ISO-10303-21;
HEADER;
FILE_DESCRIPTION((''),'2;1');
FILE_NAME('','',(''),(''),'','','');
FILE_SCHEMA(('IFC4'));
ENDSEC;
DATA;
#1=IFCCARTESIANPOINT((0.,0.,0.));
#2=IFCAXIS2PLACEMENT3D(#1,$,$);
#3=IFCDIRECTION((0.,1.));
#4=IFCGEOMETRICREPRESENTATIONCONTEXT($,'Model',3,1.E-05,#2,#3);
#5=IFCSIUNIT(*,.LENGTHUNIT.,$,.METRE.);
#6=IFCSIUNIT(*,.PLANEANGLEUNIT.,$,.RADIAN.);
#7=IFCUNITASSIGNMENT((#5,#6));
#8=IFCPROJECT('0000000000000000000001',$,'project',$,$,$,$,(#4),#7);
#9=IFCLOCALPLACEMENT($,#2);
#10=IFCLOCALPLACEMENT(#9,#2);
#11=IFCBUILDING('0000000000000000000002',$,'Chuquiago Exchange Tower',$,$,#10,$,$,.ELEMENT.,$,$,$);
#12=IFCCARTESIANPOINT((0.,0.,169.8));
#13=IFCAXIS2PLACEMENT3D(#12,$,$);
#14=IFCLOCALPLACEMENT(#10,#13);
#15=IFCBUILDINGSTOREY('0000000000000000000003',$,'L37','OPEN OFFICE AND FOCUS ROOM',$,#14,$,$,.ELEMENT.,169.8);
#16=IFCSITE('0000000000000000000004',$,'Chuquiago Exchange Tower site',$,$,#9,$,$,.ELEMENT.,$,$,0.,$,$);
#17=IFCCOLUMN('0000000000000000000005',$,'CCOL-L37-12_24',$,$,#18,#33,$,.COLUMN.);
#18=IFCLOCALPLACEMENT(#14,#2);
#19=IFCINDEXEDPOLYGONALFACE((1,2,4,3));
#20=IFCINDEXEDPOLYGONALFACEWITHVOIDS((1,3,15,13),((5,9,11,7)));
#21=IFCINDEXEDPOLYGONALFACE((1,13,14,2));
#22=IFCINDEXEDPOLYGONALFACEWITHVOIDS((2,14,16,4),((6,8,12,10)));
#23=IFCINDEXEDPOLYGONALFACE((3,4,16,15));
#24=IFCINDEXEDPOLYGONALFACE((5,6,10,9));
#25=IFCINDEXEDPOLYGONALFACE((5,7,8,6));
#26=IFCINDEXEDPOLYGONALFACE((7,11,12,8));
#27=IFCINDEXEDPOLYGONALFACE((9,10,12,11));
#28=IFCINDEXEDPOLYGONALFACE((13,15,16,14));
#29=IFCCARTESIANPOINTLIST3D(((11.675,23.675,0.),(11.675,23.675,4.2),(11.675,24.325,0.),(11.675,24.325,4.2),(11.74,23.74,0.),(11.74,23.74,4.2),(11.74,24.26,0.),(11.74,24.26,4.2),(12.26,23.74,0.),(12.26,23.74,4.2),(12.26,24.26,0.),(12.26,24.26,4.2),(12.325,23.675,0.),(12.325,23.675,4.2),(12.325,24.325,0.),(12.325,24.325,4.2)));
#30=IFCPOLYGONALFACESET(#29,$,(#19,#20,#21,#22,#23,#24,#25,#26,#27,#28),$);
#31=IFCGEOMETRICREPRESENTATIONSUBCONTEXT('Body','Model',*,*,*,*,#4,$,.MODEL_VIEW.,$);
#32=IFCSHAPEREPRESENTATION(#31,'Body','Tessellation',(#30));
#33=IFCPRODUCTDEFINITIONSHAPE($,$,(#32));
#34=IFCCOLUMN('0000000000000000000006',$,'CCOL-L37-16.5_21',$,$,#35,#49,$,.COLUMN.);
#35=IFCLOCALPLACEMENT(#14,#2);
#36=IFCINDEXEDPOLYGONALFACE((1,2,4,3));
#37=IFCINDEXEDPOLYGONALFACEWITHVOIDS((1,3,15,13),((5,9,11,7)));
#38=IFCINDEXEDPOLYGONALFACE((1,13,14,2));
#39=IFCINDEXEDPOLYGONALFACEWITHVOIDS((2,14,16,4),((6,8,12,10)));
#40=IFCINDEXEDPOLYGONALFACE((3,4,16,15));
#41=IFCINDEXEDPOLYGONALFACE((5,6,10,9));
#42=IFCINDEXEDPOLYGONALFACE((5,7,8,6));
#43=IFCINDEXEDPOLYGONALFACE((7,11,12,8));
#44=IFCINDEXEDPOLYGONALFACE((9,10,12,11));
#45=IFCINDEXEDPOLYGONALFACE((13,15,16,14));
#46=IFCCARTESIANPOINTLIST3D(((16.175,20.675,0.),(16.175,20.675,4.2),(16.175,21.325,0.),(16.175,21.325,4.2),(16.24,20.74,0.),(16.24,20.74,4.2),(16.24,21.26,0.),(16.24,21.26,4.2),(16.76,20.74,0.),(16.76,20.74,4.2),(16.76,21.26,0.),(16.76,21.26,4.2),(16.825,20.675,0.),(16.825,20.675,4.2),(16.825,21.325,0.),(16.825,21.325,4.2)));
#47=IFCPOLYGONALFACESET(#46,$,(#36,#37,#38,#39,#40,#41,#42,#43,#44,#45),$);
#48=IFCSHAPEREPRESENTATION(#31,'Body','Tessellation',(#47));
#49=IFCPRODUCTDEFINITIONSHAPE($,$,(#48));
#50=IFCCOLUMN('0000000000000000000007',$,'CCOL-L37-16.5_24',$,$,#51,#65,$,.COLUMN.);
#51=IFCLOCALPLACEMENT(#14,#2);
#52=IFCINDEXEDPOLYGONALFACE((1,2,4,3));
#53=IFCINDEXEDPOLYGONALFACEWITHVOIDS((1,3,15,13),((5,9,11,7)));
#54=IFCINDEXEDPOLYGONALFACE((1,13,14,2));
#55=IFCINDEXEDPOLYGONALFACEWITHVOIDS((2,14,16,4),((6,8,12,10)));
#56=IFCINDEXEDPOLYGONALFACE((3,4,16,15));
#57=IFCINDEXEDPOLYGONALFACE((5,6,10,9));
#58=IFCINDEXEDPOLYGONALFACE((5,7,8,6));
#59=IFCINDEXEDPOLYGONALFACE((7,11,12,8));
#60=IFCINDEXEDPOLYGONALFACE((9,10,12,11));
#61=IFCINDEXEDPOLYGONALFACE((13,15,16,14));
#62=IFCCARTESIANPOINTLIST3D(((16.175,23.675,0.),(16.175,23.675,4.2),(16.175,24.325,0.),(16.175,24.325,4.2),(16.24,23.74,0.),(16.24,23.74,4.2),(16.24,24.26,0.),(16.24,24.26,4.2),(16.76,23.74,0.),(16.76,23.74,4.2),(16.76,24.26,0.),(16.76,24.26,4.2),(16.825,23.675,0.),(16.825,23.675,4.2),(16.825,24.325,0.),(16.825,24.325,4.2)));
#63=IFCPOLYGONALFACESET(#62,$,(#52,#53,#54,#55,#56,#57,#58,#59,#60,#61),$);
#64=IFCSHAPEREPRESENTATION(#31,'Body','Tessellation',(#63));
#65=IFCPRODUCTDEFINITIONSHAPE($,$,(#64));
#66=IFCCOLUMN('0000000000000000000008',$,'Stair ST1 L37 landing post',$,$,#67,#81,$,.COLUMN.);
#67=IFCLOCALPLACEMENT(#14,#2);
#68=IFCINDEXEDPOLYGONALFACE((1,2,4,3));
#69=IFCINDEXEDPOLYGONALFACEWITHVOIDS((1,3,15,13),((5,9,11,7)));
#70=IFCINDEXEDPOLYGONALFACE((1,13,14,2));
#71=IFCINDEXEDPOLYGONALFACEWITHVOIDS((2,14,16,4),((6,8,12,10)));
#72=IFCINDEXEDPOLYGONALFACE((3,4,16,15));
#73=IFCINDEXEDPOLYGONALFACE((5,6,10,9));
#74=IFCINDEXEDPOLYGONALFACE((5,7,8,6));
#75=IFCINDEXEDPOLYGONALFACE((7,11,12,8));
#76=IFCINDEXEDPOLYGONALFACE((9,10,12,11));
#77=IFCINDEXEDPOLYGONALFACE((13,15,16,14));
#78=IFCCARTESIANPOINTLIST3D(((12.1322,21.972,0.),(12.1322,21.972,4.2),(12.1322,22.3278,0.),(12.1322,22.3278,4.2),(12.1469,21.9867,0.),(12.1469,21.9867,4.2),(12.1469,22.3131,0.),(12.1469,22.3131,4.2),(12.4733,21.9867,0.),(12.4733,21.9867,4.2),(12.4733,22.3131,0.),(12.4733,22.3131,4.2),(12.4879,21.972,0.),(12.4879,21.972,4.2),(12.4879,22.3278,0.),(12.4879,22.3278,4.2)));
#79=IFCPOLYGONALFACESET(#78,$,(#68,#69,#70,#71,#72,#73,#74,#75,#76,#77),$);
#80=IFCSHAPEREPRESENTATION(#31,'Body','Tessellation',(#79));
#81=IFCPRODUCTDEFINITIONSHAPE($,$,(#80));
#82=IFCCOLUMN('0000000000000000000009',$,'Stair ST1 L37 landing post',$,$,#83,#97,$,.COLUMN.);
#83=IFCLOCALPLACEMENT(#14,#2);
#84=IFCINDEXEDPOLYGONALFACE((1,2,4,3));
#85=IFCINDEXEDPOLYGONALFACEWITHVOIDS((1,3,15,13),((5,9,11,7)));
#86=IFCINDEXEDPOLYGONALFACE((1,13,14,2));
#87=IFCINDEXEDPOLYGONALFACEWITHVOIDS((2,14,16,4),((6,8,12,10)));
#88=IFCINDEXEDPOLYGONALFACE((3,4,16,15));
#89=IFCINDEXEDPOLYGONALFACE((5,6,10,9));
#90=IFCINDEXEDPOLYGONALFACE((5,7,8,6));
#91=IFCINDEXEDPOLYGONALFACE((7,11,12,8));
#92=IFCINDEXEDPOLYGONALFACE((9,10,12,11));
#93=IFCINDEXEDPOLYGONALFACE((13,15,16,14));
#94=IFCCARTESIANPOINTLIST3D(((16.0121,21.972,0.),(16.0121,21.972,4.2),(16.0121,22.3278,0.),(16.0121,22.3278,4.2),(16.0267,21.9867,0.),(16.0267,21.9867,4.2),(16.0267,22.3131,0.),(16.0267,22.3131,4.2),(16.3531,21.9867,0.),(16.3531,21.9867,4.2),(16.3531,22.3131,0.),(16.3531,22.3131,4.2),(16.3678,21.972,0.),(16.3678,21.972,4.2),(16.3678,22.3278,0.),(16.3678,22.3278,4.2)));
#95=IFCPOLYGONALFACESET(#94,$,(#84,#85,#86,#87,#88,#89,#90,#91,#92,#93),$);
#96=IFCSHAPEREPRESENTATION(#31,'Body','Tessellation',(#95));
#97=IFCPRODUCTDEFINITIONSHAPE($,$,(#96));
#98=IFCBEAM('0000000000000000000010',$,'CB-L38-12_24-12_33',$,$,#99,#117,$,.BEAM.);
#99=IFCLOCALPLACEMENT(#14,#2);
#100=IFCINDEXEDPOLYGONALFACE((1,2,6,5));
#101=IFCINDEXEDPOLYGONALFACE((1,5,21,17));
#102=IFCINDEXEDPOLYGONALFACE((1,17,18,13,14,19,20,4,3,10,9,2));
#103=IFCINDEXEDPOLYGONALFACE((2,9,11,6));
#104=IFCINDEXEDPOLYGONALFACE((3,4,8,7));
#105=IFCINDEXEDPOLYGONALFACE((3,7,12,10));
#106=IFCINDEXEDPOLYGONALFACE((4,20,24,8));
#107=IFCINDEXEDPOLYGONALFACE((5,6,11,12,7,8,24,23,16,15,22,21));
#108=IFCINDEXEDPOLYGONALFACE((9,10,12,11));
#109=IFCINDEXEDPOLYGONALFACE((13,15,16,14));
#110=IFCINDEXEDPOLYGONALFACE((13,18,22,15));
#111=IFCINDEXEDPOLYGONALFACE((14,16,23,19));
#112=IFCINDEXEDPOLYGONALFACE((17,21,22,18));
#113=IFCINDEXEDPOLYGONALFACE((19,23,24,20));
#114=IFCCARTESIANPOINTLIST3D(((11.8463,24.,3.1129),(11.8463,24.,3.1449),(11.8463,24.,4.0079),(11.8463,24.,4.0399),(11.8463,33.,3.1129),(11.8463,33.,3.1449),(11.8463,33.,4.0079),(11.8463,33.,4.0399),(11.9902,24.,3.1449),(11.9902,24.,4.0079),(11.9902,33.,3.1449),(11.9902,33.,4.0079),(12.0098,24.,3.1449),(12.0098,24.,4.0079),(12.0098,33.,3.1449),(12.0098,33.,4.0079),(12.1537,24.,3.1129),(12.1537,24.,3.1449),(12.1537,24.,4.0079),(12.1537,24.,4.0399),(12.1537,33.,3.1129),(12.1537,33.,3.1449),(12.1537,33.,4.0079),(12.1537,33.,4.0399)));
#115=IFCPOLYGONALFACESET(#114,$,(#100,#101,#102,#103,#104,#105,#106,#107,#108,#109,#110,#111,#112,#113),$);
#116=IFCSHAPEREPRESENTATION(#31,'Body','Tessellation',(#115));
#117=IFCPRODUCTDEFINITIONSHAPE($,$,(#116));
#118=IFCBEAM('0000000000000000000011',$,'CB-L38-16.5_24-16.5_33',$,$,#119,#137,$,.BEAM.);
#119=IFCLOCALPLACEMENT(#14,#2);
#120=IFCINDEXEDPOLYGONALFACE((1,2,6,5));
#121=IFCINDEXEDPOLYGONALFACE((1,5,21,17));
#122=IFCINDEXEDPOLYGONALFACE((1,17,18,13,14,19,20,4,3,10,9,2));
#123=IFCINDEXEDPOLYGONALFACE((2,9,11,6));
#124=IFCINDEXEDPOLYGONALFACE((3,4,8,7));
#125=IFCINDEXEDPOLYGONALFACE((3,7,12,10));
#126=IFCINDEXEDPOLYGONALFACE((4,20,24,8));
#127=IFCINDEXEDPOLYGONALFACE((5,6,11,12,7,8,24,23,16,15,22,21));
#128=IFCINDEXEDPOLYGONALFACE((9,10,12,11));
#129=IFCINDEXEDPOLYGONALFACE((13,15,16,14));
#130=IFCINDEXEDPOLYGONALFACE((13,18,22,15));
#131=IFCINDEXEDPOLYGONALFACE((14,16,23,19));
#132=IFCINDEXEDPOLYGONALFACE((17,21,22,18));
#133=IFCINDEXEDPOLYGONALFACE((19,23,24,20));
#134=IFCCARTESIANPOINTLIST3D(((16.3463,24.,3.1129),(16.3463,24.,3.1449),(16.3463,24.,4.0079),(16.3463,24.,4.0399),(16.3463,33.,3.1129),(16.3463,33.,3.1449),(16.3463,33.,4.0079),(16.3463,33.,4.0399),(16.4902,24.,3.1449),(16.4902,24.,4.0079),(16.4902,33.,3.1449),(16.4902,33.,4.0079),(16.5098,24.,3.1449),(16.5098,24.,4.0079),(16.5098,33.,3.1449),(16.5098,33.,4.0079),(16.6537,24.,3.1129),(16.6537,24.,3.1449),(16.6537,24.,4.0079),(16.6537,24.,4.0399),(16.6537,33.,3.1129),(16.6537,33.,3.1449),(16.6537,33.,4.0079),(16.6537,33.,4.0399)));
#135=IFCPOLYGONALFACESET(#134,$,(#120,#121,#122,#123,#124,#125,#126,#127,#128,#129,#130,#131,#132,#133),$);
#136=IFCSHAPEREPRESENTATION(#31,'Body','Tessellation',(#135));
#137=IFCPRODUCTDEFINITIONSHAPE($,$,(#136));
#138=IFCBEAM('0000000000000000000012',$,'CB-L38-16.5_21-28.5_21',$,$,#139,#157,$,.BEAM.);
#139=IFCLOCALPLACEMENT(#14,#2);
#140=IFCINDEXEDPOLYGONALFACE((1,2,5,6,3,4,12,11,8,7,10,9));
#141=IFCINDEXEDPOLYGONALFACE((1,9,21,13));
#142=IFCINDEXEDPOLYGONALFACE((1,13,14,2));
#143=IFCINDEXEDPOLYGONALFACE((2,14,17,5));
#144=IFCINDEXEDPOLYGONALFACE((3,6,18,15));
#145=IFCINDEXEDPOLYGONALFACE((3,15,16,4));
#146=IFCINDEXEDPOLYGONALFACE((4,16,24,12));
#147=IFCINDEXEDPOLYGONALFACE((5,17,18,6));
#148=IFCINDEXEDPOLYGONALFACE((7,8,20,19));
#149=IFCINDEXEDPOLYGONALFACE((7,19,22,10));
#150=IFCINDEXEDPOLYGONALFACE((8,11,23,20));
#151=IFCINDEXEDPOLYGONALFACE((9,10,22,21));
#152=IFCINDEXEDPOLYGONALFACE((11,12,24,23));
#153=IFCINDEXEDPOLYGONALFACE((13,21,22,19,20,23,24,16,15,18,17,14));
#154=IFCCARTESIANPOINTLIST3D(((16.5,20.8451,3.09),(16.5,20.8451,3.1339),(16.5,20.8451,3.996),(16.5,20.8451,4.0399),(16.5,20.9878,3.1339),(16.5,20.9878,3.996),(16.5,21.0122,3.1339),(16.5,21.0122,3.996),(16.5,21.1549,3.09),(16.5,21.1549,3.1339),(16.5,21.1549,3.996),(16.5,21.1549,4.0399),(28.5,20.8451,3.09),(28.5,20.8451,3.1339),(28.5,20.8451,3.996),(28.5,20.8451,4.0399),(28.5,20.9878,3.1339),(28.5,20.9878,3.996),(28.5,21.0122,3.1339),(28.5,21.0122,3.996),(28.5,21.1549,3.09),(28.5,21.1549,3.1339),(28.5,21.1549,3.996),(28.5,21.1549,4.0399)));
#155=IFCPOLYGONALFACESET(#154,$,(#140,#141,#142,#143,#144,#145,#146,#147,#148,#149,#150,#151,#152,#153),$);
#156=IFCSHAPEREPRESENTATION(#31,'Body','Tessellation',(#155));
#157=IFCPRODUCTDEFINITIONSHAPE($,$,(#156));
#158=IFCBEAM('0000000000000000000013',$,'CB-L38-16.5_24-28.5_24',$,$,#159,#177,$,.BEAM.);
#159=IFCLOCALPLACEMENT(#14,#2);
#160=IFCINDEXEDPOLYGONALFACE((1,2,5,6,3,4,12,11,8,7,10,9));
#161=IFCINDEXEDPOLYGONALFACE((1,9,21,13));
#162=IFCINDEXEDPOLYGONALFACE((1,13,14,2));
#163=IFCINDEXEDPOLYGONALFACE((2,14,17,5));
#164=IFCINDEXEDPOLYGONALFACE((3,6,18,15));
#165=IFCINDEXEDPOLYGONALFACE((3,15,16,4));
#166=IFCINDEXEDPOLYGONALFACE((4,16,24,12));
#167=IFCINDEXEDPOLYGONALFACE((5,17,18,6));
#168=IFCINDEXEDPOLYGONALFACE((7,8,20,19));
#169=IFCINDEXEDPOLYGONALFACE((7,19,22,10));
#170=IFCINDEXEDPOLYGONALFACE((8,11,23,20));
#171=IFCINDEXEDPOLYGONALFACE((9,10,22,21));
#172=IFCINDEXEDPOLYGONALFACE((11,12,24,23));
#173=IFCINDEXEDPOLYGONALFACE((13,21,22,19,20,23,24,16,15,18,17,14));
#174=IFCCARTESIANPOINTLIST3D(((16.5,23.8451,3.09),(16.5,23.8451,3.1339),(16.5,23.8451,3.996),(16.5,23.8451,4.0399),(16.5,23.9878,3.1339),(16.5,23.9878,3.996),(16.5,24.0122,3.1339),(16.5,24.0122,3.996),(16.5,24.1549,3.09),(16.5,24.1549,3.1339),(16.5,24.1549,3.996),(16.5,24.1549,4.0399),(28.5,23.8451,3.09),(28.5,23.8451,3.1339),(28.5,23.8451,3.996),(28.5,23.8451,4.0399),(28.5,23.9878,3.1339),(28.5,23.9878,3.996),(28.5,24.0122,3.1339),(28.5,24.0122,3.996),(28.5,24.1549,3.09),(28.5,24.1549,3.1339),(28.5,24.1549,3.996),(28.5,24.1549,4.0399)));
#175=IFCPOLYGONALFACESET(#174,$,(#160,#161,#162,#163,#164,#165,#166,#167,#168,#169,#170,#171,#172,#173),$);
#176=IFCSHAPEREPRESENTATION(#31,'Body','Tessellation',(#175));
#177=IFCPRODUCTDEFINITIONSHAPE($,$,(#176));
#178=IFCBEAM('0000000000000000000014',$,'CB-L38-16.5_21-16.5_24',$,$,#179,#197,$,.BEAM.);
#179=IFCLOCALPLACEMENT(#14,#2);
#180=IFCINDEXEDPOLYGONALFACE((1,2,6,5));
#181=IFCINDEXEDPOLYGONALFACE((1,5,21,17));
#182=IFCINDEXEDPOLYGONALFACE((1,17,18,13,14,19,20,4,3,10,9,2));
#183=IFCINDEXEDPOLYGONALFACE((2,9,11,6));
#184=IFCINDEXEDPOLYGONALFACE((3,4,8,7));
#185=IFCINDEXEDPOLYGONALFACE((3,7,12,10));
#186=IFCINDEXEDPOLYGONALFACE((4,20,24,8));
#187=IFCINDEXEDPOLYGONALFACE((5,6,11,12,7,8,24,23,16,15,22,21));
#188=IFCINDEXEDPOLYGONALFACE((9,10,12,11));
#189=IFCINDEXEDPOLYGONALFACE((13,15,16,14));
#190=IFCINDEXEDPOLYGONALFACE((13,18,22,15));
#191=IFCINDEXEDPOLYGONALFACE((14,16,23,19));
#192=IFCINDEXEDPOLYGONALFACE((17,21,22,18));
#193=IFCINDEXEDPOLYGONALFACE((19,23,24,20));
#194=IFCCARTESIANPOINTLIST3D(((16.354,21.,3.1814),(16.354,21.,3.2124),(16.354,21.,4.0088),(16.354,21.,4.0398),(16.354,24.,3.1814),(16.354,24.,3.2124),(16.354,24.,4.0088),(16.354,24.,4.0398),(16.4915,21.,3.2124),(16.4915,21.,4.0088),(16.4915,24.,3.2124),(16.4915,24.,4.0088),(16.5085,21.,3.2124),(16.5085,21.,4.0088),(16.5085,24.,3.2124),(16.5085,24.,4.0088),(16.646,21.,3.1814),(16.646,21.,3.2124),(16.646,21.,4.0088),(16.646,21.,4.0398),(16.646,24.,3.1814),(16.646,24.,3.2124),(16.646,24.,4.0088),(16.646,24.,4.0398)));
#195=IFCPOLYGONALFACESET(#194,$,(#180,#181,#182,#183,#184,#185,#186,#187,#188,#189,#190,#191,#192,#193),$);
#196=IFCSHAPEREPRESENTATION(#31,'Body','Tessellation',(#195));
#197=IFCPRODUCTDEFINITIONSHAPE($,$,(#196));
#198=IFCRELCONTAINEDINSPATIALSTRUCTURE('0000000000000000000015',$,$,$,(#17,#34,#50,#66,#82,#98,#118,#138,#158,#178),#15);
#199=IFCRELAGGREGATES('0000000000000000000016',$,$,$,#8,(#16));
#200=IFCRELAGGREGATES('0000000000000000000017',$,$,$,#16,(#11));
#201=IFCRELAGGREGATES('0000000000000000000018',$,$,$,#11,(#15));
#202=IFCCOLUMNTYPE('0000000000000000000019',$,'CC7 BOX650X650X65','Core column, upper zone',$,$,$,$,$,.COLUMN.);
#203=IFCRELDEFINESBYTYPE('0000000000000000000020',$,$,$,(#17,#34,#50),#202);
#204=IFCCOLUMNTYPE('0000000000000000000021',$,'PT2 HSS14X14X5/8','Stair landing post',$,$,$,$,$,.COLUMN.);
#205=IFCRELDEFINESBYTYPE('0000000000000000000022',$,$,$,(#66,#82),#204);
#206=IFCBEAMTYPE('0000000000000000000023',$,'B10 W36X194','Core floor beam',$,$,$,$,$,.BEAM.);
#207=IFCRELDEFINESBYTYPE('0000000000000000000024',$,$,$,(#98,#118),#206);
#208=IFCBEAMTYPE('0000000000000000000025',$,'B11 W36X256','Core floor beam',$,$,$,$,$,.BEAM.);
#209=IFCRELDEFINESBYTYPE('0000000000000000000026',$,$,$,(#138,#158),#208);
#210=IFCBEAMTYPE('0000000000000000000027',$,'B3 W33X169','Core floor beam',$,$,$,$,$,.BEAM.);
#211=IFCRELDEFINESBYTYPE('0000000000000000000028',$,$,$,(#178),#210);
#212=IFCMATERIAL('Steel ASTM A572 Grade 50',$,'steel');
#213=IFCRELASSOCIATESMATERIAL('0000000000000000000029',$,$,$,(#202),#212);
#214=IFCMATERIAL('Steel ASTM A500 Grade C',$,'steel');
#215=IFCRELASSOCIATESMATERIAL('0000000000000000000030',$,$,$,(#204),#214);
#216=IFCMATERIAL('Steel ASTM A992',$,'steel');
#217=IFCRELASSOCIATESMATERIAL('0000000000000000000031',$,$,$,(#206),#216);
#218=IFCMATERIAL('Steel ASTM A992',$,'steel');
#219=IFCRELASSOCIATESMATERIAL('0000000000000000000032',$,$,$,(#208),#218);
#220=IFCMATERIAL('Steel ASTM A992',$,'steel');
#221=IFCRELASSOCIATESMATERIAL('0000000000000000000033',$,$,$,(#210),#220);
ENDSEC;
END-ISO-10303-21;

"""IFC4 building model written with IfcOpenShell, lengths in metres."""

from ifc_helpers import new_model, si_unit, direction, frame, origin, origin_2d, place, context, subcontext, project, spatial, hollow_rectangle, i_section, extrude, material, material_profile, profile_set, type_object, element, save


model = new_model("IFC4")

# Units and contexts
model_context = context("Model", 3, precision=1e-05, world=origin(), true_north=direction((0.0, 1.0)))
body_context = subcontext(model_context, "Body", "Model", "MODEL_VIEW")
ifc_project = project(units=[si_unit("LENGTHUNIT", "METRE"), si_unit("PLANEANGLEUNIT", "RADIAN")], contexts=[model_context])

# Site, building, storey
site_placement = place(None, origin())
site = spatial("IfcSite", under=ifc_project, at=site_placement, Name="Chuquiago Exchange Tower site", CompositionType="ELEMENT", RefElevation=0.0)
building_placement = place(site_placement, origin())
building = spatial("IfcBuilding", under=site, at=building_placement, Name="Chuquiago Exchange Tower", CompositionType="ELEMENT")
storey_placement = place(building_placement, frame((0.0, 0.0, 169.8)))
storey = spatial("IfcBuildingStorey", under=building, at=storey_placement, Name="L37", Description="OPEN OFFICE AND FOCUS ROOM", CompositionType="ELEMENT", Elevation=169.8)

# Columns
ifc_material_1 = material(Name="Steel ASTM A572 Grade 50", Category="steel")
ifc_material_profile_1 = material_profile(ifc_material_1, hollow_rectangle(XDim=0.6499, YDim=0.6499, WallThickness=0.0649, at=origin_2d()), Name="BOX650X650X65")
ifc_profile_set_1 = profile_set([ifc_material_profile_1], Name="Steel ASTM A572 Grade 50")
column_type_1 = type_object("IfcColumnType", Name="CC7 BOX650X650X65", Description="Core column, upper zone", PredefinedType="COLUMN", material=ifc_profile_set_1)
for number, where, z_axis, x_axis, name in (
    (1, (12.0, 24.0, 0.0), (0.0, 0.0, 1.0), (1.0, 0.0, 0.0), "CCOL-L37-12_24"),
    (2, (16.5, 21.0, 0.0), (0.0, 0.0, 1.0), (1.0, 0.0, 0.0), "CCOL-L37-16.5_21"),
    (3, (16.5, 24.0, 0.0), (0.0, 0.0, 1.0), (1.0, 0.0, 0.0), "CCOL-L37-16.5_24"),
):
    element("IfcColumn", number, at=place(storey_placement, frame(where, z_axis=z_axis, x_axis=x_axis)), inside=storey, type_object=column_type_1, Name=name, PredefinedType="COLUMN", context=body_context, shape_type="SweptSolid", body=[
        extrude(hollow_rectangle(XDim=0.6499, YDim=0.6499, WallThickness=0.0649, at=origin_2d()), origin(), (0.0, 0.0, 1.0), 4.2),
    ])
ifc_material_2 = material(Name="Steel ASTM A500 Grade C", Category="steel")
ifc_material_profile_2 = material_profile(ifc_material_2, hollow_rectangle(XDim=0.3557, YDim=0.3557, WallThickness=0.0146, at=origin_2d()), Name="HSS14X14X5/8")
ifc_profile_set_2 = profile_set([ifc_material_profile_2], Name="Steel ASTM A500 Grade C")
column_type_2 = type_object("IfcColumnType", Name="PT2 HSS14X14X5/8", Description="Stair landing post", PredefinedType="COLUMN", material=ifc_profile_set_2)
for number, where, z_axis, x_axis, name in (
    (4, (12.3101, 22.1499, 0.0), (0.0, 0.0, 1.0), (1.0, 0.0, 0.0), "Stair ST1 L37 landing post"),
    (5, (16.1899, 22.1499, 0.0), (0.0, 0.0, 1.0), (1.0, 0.0, 0.0), "Stair ST1 L37 landing post"),
):
    element("IfcColumn", number, at=place(storey_placement, frame(where, z_axis=z_axis, x_axis=x_axis)), inside=storey, type_object=column_type_2, Name=name, PredefinedType="COLUMN", context=body_context, shape_type="SweptSolid", body=[
        extrude(hollow_rectangle(XDim=0.3557, YDim=0.3557, WallThickness=0.0146, at=origin_2d()), origin(), (0.0, 0.0, 1.0), 4.2),
    ])

# Beams
ifc_material_3 = material(Name="Steel ASTM A992", Category="steel")
ifc_material_profile_3 = material_profile(ifc_material_3, i_section(OverallWidth=0.3074, OverallDepth=0.927, WebThickness=0.0195, FlangeThickness=0.032, at=origin_2d()), Name="W36X194")
ifc_profile_set_3 = profile_set([ifc_material_profile_3], Name="Steel ASTM A992")
beam_type_1 = type_object("IfcBeamType", Name="B10 W36X194", Description="Core floor beam", PredefinedType="BEAM", material=ifc_profile_set_3)
for number, where, z_axis, x_axis, name in (
    (6, (12.0, 24.0, 3.5764), (0.0, 1.0, 0.0), (-1.0, 0.0, 0.0), "CB-L38-12_24-12_33"),
    (7, (16.5, 24.0, 3.5764), (0.0, 1.0, 0.0), (-1.0, 0.0, 0.0), "CB-L38-16.5_24-16.5_33"),
):
    element("IfcBeam", number, at=place(storey_placement, frame(where, z_axis=z_axis, x_axis=x_axis)), inside=storey, type_object=beam_type_1, Name=name, PredefinedType="BEAM", context=body_context, shape_type="SweptSolid", body=[
        extrude(i_section(OverallWidth=0.3074, OverallDepth=0.927, WebThickness=0.0195, FlangeThickness=0.032, at=origin_2d()), origin(), (0.0, 0.0, 1.0), 9.0),
    ])
ifc_material_4 = material(Name="Steel ASTM A992", Category="steel")
ifc_material_profile_4 = material_profile(ifc_material_4, i_section(OverallWidth=0.3098, OverallDepth=0.95, WebThickness=0.0244, FlangeThickness=0.0439, at=origin_2d()), Name="W36X256")
ifc_profile_set_4 = profile_set([ifc_material_profile_4], Name="Steel ASTM A992")
beam_type_2 = type_object("IfcBeamType", Name="B11 W36X256", Description="Core floor beam", PredefinedType="BEAM", material=ifc_profile_set_4)
for number, where, z_axis, x_axis, name in (
    (8, (16.5, 21.0, 3.5649), (1.0, 0.0, 0.0), (0.0, 1.0, 0.0), "CB-L38-16.5_21-28.5_21"),
    (9, (16.5, 24.0, 3.5649), (1.0, 0.0, 0.0), (0.0, 1.0, 0.0), "CB-L38-16.5_24-28.5_24"),
):
    element("IfcBeam", number, at=place(storey_placement, frame(where, z_axis=z_axis, x_axis=x_axis)), inside=storey, type_object=beam_type_2, Name=name, PredefinedType="BEAM", context=body_context, shape_type="SweptSolid", body=[
        extrude(i_section(OverallWidth=0.3098, OverallDepth=0.95, WebThickness=0.0244, FlangeThickness=0.0439, at=origin_2d()), origin(), (0.0, 0.0, 1.0), 12.0),
    ])
ifc_material_5 = material(Name="Steel ASTM A992", Category="steel")
ifc_material_profile_5 = material_profile(ifc_material_5, i_section(OverallWidth=0.292, OverallDepth=0.8584, WebThickness=0.0171, FlangeThickness=0.031, at=origin_2d()), Name="W33X169")
ifc_profile_set_5 = profile_set([ifc_material_profile_5], Name="Steel ASTM A992")
beam_type_3 = type_object("IfcBeamType", Name="B3 W33X169", Description="Core floor beam", PredefinedType="BEAM", material=ifc_profile_set_5)
beam_1_placement = place(storey_placement, frame((16.5, 21.0, 3.6106), z_axis=(0.0, 1.0, 0.0), x_axis=(-1.0, 0.0, 0.0)))
element("IfcBeam", 10, at=beam_1_placement, inside=storey, type_object=beam_type_3, Name="CB-L38-16.5_21-16.5_24", PredefinedType="BEAM", context=body_context, shape_type="SweptSolid", body=[
    extrude(i_section(OverallWidth=0.292, OverallDepth=0.8584, WebThickness=0.0171, FlangeThickness=0.031, at=origin_2d()), origin(), (0.0, 0.0, 1.0), 3.0),
])

save(model, "model.ifc")
